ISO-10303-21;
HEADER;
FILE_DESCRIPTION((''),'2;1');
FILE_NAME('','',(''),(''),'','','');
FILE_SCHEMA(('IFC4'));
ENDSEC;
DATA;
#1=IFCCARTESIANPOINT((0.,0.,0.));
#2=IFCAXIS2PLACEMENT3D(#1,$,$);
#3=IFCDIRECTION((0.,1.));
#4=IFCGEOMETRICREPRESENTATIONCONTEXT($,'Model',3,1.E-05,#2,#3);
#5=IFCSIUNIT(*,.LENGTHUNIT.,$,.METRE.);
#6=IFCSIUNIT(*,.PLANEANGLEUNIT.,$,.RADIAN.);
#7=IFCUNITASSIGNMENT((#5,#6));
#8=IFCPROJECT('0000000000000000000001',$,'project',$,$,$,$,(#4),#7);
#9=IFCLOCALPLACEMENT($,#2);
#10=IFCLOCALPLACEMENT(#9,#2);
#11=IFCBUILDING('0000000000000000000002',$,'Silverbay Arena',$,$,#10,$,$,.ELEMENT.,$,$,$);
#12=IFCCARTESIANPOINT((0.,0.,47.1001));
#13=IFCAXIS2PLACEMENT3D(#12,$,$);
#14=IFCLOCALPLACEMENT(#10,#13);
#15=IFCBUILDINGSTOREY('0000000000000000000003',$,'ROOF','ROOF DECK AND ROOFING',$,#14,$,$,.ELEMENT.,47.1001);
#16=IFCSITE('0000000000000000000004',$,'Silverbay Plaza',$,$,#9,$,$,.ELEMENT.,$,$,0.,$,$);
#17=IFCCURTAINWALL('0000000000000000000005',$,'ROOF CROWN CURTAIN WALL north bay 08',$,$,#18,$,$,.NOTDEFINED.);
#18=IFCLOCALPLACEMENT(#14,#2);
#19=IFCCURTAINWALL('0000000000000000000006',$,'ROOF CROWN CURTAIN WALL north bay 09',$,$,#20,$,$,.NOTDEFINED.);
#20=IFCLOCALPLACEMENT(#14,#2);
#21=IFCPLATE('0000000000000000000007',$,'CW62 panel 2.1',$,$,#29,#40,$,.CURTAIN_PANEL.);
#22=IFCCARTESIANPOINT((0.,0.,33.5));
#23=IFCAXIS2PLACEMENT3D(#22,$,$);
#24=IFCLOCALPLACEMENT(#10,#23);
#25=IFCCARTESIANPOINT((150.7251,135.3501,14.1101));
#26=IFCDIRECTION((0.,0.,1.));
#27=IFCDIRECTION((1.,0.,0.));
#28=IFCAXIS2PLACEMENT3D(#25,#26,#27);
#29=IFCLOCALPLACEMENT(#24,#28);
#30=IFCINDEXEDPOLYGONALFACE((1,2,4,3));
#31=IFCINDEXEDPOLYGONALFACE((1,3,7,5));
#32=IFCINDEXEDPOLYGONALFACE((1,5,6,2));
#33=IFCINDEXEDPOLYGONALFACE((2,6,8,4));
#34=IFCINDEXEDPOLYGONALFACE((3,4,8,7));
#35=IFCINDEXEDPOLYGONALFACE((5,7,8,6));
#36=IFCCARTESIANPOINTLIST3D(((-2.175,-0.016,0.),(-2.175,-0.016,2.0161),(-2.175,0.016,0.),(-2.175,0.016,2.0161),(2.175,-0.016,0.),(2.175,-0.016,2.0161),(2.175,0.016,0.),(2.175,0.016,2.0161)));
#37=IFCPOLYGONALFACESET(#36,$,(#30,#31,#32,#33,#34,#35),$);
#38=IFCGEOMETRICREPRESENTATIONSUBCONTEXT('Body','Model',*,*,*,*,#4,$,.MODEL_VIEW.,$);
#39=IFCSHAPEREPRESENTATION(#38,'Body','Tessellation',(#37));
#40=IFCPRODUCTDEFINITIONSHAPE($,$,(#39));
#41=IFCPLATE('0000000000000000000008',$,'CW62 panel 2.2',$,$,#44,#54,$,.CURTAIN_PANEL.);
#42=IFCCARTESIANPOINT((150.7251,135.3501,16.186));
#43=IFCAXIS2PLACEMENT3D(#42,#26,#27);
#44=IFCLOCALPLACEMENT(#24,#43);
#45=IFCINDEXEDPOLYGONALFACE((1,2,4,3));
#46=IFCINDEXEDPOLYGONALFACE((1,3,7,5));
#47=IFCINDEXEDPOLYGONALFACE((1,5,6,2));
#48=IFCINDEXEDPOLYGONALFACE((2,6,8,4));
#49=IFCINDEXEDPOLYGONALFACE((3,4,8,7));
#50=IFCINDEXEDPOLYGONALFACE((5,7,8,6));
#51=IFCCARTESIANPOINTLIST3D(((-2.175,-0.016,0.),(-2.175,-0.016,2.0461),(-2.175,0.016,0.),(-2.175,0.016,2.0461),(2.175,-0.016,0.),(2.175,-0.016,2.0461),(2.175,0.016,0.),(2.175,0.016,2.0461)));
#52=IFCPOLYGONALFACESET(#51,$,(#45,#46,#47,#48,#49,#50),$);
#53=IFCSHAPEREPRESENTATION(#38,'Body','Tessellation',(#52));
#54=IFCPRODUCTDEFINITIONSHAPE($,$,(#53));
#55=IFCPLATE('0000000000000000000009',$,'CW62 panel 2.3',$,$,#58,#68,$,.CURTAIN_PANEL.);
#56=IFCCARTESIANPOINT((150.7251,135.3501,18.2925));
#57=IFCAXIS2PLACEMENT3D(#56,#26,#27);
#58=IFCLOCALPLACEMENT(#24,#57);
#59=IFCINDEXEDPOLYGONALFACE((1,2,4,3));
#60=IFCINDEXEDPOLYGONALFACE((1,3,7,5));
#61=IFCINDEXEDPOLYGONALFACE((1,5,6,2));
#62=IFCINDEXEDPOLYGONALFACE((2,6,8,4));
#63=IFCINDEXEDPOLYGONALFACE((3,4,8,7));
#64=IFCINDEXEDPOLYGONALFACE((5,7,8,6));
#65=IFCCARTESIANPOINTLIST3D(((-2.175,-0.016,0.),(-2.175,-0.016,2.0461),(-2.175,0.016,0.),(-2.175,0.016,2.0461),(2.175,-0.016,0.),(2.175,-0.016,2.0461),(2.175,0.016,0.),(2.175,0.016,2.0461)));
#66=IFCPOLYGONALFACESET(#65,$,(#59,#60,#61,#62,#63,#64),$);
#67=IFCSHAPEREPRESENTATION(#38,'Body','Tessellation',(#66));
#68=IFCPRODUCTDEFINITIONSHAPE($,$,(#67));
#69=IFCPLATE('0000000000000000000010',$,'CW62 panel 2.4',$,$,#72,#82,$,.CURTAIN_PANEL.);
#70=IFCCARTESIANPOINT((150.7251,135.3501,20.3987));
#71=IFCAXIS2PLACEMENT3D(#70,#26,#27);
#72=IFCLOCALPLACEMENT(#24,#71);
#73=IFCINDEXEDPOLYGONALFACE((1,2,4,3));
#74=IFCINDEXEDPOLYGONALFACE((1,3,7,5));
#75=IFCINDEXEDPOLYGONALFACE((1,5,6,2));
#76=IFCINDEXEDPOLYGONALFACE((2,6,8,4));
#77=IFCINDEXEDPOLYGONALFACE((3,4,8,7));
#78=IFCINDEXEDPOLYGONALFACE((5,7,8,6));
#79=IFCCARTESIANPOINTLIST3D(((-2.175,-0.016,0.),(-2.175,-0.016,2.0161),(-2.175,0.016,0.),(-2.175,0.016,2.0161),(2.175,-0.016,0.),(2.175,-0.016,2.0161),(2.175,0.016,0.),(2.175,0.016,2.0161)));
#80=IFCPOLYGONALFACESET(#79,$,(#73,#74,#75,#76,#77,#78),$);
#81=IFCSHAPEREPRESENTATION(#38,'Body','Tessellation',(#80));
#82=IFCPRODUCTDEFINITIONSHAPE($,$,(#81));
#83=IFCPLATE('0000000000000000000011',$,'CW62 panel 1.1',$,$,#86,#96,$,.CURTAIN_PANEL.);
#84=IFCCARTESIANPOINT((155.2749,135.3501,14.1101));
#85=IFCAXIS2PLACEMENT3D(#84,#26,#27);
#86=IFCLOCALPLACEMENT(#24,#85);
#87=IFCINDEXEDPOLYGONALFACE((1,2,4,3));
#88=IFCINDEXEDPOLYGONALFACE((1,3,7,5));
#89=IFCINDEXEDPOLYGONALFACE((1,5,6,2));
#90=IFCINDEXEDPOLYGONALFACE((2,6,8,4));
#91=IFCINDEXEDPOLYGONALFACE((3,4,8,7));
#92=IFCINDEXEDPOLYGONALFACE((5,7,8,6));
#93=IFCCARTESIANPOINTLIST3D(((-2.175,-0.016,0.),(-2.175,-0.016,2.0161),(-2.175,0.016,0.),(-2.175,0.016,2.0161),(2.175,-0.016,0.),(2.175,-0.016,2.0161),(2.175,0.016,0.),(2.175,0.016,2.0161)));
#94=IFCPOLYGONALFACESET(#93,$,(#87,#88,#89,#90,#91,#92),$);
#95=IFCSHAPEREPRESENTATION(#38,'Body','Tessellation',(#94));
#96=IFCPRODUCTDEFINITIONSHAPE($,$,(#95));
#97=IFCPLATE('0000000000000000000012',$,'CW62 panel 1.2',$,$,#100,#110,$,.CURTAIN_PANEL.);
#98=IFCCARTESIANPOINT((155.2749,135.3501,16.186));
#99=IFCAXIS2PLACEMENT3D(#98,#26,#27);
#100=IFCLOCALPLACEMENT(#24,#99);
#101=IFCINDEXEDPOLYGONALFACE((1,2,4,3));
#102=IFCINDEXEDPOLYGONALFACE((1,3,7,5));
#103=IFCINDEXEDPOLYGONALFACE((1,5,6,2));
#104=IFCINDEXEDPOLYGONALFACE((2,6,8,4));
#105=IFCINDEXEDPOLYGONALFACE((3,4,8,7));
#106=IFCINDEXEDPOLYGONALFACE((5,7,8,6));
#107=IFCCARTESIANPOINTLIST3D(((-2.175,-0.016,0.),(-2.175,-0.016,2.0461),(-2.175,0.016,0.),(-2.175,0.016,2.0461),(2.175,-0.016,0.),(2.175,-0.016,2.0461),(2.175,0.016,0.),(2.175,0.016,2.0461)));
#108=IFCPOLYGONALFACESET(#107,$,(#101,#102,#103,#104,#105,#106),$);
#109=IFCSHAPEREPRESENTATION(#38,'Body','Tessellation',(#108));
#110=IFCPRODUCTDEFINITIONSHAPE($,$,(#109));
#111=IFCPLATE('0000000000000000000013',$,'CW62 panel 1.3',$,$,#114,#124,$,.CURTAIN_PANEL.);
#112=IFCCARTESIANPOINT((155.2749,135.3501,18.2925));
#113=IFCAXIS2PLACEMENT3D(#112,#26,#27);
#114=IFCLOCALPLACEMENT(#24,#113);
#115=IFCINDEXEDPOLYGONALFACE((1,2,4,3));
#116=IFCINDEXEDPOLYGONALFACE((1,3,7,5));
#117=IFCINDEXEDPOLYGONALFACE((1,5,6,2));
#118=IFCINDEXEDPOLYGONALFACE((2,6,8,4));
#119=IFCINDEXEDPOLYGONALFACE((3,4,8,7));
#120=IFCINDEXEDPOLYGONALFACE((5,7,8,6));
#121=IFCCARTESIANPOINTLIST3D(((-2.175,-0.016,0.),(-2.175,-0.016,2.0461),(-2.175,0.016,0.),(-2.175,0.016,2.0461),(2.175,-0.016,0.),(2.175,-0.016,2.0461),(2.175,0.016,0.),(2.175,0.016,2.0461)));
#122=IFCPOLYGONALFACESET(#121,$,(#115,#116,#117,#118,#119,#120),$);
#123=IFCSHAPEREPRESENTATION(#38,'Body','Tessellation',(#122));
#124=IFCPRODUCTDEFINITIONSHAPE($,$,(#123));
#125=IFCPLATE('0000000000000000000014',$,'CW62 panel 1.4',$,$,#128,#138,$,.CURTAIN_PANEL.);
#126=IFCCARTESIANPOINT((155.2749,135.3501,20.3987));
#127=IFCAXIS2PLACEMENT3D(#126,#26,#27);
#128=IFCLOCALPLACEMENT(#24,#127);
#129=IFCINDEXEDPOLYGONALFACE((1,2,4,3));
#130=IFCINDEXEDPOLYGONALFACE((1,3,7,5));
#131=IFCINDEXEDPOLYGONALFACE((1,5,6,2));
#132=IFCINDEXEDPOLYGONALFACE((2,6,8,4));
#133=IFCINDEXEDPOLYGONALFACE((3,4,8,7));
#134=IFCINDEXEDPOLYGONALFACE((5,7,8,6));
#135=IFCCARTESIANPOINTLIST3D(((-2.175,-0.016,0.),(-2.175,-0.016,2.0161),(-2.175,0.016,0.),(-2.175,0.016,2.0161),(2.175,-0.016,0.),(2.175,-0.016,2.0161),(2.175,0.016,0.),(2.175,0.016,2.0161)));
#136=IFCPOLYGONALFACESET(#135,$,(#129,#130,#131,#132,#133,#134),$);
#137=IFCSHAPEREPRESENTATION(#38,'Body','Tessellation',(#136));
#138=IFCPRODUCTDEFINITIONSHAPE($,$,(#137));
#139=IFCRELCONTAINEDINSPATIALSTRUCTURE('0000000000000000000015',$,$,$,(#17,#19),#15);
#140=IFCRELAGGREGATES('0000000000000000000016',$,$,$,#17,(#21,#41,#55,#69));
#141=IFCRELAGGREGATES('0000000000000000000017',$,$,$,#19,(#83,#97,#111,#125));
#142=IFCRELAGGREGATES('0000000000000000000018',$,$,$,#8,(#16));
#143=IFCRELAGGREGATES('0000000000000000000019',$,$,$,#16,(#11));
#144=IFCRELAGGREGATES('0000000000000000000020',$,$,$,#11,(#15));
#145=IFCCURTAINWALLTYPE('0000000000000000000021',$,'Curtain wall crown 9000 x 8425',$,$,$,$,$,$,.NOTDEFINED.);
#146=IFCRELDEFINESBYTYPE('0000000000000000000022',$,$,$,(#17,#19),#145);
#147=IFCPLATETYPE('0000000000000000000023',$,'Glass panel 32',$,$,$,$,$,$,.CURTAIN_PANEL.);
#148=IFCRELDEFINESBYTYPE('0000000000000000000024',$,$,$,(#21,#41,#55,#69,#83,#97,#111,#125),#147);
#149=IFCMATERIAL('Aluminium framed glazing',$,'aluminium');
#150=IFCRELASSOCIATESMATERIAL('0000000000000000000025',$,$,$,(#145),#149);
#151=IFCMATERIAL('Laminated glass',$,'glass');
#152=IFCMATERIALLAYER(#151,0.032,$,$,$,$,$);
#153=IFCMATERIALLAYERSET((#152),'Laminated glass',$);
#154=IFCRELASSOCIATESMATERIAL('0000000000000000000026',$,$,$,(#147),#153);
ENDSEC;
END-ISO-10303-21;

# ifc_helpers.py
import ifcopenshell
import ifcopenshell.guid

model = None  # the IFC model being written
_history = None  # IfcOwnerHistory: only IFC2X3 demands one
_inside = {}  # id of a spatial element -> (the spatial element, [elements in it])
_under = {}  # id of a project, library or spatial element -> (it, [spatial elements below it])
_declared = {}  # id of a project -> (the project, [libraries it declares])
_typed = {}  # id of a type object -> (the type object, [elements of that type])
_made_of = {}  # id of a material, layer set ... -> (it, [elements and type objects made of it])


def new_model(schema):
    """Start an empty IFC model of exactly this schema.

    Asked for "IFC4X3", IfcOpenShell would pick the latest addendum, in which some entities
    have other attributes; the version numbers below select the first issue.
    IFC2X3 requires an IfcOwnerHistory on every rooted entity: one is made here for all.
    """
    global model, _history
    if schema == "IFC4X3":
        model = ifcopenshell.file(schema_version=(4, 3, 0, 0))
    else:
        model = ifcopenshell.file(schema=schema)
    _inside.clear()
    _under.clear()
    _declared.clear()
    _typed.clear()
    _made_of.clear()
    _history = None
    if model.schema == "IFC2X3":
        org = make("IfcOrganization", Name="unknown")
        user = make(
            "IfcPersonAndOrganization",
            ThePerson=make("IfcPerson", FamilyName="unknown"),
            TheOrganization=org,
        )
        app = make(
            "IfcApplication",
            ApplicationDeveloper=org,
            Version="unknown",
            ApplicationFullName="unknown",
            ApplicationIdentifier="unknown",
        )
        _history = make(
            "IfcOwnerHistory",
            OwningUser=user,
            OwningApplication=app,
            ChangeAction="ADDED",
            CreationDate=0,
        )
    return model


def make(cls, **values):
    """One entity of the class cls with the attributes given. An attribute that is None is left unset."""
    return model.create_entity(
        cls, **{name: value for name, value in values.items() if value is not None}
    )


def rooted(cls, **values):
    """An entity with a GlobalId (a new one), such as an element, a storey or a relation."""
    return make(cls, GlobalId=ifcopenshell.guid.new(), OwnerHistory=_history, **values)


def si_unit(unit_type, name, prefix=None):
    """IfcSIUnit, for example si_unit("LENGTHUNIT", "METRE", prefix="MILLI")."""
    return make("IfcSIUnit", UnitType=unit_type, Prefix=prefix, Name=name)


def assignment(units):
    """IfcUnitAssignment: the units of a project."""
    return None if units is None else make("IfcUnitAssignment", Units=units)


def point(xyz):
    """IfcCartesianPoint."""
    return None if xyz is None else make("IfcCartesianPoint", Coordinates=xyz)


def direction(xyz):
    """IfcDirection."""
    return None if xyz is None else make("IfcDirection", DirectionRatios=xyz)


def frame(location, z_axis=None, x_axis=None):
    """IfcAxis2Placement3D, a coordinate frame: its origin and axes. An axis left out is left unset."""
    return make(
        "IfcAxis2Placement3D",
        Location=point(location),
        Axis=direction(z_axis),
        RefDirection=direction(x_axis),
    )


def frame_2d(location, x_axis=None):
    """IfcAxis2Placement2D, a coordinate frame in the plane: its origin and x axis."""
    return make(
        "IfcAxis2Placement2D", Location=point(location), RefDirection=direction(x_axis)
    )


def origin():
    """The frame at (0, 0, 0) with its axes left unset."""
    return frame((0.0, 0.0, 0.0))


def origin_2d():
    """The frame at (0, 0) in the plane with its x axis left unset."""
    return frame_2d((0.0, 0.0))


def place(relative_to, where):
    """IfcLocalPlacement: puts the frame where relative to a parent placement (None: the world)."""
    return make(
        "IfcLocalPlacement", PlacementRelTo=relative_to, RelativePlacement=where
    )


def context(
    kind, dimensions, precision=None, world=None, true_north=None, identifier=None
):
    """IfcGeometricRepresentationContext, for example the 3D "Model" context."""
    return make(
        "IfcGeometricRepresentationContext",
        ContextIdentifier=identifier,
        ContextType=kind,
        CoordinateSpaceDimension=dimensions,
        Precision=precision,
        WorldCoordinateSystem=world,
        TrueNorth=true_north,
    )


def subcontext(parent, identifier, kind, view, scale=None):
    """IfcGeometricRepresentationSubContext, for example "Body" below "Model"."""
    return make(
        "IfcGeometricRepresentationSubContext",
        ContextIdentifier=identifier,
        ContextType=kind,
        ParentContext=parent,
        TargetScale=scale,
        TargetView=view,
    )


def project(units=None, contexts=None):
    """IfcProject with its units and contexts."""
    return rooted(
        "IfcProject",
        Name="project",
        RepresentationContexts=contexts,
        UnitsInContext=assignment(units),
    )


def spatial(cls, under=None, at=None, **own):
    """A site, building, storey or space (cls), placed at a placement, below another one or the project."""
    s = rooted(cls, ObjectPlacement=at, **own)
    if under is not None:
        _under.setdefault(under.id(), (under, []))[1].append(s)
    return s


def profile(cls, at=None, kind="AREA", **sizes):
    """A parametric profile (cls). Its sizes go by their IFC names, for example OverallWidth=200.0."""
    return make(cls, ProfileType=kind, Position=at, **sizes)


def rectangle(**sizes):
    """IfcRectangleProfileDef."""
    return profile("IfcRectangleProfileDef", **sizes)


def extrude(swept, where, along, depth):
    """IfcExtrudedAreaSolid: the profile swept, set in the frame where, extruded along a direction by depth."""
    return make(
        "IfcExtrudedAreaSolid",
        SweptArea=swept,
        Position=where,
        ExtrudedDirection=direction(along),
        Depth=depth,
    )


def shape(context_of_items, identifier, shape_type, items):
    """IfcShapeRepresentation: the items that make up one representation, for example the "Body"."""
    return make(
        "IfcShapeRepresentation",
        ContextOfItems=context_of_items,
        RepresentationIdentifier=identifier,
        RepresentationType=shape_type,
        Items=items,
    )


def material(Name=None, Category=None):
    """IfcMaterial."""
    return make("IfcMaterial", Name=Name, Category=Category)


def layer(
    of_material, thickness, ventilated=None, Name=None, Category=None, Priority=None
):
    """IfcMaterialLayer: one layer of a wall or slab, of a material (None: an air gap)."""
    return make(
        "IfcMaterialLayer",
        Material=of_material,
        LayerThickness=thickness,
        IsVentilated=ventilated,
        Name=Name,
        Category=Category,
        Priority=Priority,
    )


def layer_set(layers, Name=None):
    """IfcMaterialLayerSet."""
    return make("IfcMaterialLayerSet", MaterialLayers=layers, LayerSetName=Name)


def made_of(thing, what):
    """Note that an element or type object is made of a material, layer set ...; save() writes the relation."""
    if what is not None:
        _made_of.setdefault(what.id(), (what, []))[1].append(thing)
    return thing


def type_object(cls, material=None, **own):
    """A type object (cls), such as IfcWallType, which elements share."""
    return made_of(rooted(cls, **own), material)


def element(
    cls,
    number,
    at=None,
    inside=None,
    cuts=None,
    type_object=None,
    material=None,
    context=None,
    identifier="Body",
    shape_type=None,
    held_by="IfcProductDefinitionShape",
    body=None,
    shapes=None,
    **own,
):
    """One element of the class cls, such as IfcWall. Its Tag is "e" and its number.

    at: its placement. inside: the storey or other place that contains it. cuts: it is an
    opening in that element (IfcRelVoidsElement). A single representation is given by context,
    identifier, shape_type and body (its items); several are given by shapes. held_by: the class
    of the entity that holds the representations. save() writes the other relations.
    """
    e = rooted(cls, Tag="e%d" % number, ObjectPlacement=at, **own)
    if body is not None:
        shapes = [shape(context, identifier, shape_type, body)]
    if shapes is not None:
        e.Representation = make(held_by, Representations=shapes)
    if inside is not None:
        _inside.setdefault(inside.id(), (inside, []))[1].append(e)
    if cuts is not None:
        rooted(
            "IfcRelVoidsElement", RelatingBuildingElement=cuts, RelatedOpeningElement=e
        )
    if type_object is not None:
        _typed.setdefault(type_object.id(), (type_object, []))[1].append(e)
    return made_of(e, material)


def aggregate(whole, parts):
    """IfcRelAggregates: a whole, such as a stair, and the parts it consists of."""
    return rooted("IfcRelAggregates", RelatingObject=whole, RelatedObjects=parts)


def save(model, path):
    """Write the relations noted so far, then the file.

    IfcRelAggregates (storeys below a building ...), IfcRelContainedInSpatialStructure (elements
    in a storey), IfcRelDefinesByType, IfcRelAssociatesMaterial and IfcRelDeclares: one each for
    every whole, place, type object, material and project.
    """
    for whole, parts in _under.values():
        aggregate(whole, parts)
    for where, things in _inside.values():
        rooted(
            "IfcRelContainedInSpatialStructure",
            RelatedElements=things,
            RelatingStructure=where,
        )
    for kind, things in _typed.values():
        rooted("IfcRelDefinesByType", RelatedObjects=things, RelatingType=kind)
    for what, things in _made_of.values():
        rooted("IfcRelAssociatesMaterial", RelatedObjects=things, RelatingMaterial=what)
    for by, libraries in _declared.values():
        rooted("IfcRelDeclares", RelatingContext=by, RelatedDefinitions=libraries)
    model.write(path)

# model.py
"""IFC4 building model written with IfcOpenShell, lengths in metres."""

from ifc_helpers import new_model, si_unit, direction, frame, origin, origin_2d, place, context, subcontext, project, spatial, rectangle, extrude, material, layer, layer_set, type_object, element, aggregate, save


model = new_model("IFC4")

# Units and contexts
model_context = context("Model", 3, precision=1e-05, world=origin(), true_north=direction((0.0, 1.0)))
body_context = subcontext(model_context, "Body", "Model", "MODEL_VIEW")
ifc_project = project(units=[si_unit("LENGTHUNIT", "METRE"), si_unit("PLANEANGLEUNIT", "RADIAN")], contexts=[model_context])

# Site, building, storey
site_placement = place(None, origin())
site = spatial("IfcSite", under=ifc_project, at=site_placement, Name="Silverbay Plaza", CompositionType="ELEMENT", RefElevation=0.0)
building_placement = place(site_placement, origin())
building = spatial("IfcBuilding", under=site, at=building_placement, Name="Silverbay Arena", CompositionType="ELEMENT")
storey_placement = place(building_placement, frame((0.0, 0.0, 47.1001)))
storey = spatial("IfcBuildingStorey", under=building, at=storey_placement, Name="ROOF", Description="ROOF DECK AND ROOFING", CompositionType="ELEMENT", Elevation=47.1001)

# Curtain walls
ifc_material_1 = material(Name="Aluminium framed glazing", Category="aluminium")
curtain_wall_type = type_object("IfcCurtainWallType", Name="Curtain wall crown 9000 x 8425", PredefinedType="NOTDEFINED", material=ifc_material_1)
curtain_wall_1_placement = place(storey_placement, origin())
curtain_wall_1 = element("IfcCurtainWall", 1, at=curtain_wall_1_placement, inside=storey, type_object=curtain_wall_type, Name="ROOF CROWN CURTAIN WALL north bay 08", PredefinedType="NOTDEFINED")
placement = place(building_placement, frame((0.0, 0.0, 33.5)))
curtain_wall_2_placement = place(storey_placement, origin())
curtain_wall_2 = element("IfcCurtainWall", 2, at=curtain_wall_2_placement, inside=storey, type_object=curtain_wall_type, Name="ROOF CROWN CURTAIN WALL north bay 09", PredefinedType="NOTDEFINED")

# Plates
ifc_material_2 = material(Name="Laminated glass", Category="glass")
ifc_layer_1 = layer(ifc_material_2, 0.032)
ifc_layer_set_1 = layer_set([ifc_layer_1], Name="Laminated glass")
plate_type = type_object("IfcPlateType", Name="Glass panel 32", PredefinedType="CURTAIN_PANEL", material=ifc_layer_set_1)
plate_1_placement = place(placement, frame((150.7251, 135.3501, 14.1101), z_axis=(0.0, 0.0, 1.0), x_axis=(1.0, 0.0, 0.0)))
plate_1 = element("IfcPlate", 3, at=plate_1_placement, type_object=plate_type, Name="CW62 panel 2.1", PredefinedType="CURTAIN_PANEL", context=body_context, shape_type="SweptSolid", body=[
    extrude(rectangle(XDim=4.3501, YDim=0.032, at=origin_2d()), origin(), (0.0, 0.0, 1.0), 2.0161),
])
plate_2_placement = place(placement, frame((150.7251, 135.3501, 16.186), z_axis=(0.0, 0.0, 1.0), x_axis=(1.0, 0.0, 0.0)))
plate_2 = element("IfcPlate", 4, at=plate_2_placement, type_object=plate_type, Name="CW62 panel 2.2", PredefinedType="CURTAIN_PANEL", context=body_context, shape_type="SweptSolid", body=[
    extrude(rectangle(XDim=4.3501, YDim=0.032, at=origin_2d()), origin(), (0.0, 0.0, 1.0), 2.0461),
])
plate_3_placement = place(placement, frame((150.7251, 135.3501, 18.2925), z_axis=(0.0, 0.0, 1.0), x_axis=(1.0, 0.0, 0.0)))
plate_3 = element("IfcPlate", 5, at=plate_3_placement, type_object=plate_type, Name="CW62 panel 2.3", PredefinedType="CURTAIN_PANEL", context=body_context, shape_type="SweptSolid", body=[
    extrude(rectangle(XDim=4.3501, YDim=0.032, at=origin_2d()), origin(), (0.0, 0.0, 1.0), 2.0461),
])
plate_4_placement = place(placement, frame((150.7251, 135.3501, 20.3987), z_axis=(0.0, 0.0, 1.0), x_axis=(1.0, 0.0, 0.0)))
plate_4 = element("IfcPlate", 6, at=plate_4_placement, type_object=plate_type, Name="CW62 panel 2.4", PredefinedType="CURTAIN_PANEL", context=body_context, shape_type="SweptSolid", body=[
    extrude(rectangle(XDim=4.3501, YDim=0.032, at=origin_2d()), origin(), (0.0, 0.0, 1.0), 2.0161),
])
aggregate(curtain_wall_1, [plate_1, plate_2, plate_3, plate_4])
plate_5_placement = place(placement, frame((155.2749, 135.3501, 14.1101), z_axis=(0.0, 0.0, 1.0), x_axis=(1.0, 0.0, 0.0)))
plate_5 = element("IfcPlate", 7, at=plate_5_placement, type_object=plate_type, Name="CW62 panel 1.1", PredefinedType="CURTAIN_PANEL", context=body_context, shape_type="SweptSolid", body=[
    extrude(rectangle(XDim=4.3501, YDim=0.032, at=origin_2d()), origin(), (0.0, 0.0, 1.0), 2.0161),
])
plate_6_placement = place(placement, frame((155.2749, 135.3501, 16.186), z_axis=(0.0, 0.0, 1.0), x_axis=(1.0, 0.0, 0.0)))
plate_6 = element("IfcPlate", 8, at=plate_6_placement, type_object=plate_type, Name="CW62 panel 1.2", PredefinedType="CURTAIN_PANEL", context=body_context, shape_type="SweptSolid", body=[
    extrude(rectangle(XDim=4.3501, YDim=0.032, at=origin_2d()), origin(), (0.0, 0.0, 1.0), 2.0461),
])
plate_7_placement = place(placement, frame((155.2749, 135.3501, 18.2925), z_axis=(0.0, 0.0, 1.0), x_axis=(1.0, 0.0, 0.0)))
plate_7 = element("IfcPlate", 9, at=plate_7_placement, type_object=plate_type, Name="CW62 panel 1.3", PredefinedType="CURTAIN_PANEL", context=body_context, shape_type="SweptSolid", body=[
    extrude(rectangle(XDim=4.3501, YDim=0.032, at=origin_2d()), origin(), (0.0, 0.0, 1.0), 2.0461),
])
plate_8_placement = place(placement, frame((155.2749, 135.3501, 20.3987), z_axis=(0.0, 0.0, 1.0), x_axis=(1.0, 0.0, 0.0)))
plate_8 = element("IfcPlate", 10, at=plate_8_placement, type_object=plate_type, Name="CW62 panel 1.4", PredefinedType="CURTAIN_PANEL", context=body_context, shape_type="SweptSolid", body=[
    extrude(rectangle(XDim=4.3501, YDim=0.032, at=origin_2d()), origin(), (0.0, 0.0, 1.0), 2.0161),
])
aggregate(curtain_wall_2, [plate_5, plate_6, plate_7, plate_8])

save(model, "model.ifc")
